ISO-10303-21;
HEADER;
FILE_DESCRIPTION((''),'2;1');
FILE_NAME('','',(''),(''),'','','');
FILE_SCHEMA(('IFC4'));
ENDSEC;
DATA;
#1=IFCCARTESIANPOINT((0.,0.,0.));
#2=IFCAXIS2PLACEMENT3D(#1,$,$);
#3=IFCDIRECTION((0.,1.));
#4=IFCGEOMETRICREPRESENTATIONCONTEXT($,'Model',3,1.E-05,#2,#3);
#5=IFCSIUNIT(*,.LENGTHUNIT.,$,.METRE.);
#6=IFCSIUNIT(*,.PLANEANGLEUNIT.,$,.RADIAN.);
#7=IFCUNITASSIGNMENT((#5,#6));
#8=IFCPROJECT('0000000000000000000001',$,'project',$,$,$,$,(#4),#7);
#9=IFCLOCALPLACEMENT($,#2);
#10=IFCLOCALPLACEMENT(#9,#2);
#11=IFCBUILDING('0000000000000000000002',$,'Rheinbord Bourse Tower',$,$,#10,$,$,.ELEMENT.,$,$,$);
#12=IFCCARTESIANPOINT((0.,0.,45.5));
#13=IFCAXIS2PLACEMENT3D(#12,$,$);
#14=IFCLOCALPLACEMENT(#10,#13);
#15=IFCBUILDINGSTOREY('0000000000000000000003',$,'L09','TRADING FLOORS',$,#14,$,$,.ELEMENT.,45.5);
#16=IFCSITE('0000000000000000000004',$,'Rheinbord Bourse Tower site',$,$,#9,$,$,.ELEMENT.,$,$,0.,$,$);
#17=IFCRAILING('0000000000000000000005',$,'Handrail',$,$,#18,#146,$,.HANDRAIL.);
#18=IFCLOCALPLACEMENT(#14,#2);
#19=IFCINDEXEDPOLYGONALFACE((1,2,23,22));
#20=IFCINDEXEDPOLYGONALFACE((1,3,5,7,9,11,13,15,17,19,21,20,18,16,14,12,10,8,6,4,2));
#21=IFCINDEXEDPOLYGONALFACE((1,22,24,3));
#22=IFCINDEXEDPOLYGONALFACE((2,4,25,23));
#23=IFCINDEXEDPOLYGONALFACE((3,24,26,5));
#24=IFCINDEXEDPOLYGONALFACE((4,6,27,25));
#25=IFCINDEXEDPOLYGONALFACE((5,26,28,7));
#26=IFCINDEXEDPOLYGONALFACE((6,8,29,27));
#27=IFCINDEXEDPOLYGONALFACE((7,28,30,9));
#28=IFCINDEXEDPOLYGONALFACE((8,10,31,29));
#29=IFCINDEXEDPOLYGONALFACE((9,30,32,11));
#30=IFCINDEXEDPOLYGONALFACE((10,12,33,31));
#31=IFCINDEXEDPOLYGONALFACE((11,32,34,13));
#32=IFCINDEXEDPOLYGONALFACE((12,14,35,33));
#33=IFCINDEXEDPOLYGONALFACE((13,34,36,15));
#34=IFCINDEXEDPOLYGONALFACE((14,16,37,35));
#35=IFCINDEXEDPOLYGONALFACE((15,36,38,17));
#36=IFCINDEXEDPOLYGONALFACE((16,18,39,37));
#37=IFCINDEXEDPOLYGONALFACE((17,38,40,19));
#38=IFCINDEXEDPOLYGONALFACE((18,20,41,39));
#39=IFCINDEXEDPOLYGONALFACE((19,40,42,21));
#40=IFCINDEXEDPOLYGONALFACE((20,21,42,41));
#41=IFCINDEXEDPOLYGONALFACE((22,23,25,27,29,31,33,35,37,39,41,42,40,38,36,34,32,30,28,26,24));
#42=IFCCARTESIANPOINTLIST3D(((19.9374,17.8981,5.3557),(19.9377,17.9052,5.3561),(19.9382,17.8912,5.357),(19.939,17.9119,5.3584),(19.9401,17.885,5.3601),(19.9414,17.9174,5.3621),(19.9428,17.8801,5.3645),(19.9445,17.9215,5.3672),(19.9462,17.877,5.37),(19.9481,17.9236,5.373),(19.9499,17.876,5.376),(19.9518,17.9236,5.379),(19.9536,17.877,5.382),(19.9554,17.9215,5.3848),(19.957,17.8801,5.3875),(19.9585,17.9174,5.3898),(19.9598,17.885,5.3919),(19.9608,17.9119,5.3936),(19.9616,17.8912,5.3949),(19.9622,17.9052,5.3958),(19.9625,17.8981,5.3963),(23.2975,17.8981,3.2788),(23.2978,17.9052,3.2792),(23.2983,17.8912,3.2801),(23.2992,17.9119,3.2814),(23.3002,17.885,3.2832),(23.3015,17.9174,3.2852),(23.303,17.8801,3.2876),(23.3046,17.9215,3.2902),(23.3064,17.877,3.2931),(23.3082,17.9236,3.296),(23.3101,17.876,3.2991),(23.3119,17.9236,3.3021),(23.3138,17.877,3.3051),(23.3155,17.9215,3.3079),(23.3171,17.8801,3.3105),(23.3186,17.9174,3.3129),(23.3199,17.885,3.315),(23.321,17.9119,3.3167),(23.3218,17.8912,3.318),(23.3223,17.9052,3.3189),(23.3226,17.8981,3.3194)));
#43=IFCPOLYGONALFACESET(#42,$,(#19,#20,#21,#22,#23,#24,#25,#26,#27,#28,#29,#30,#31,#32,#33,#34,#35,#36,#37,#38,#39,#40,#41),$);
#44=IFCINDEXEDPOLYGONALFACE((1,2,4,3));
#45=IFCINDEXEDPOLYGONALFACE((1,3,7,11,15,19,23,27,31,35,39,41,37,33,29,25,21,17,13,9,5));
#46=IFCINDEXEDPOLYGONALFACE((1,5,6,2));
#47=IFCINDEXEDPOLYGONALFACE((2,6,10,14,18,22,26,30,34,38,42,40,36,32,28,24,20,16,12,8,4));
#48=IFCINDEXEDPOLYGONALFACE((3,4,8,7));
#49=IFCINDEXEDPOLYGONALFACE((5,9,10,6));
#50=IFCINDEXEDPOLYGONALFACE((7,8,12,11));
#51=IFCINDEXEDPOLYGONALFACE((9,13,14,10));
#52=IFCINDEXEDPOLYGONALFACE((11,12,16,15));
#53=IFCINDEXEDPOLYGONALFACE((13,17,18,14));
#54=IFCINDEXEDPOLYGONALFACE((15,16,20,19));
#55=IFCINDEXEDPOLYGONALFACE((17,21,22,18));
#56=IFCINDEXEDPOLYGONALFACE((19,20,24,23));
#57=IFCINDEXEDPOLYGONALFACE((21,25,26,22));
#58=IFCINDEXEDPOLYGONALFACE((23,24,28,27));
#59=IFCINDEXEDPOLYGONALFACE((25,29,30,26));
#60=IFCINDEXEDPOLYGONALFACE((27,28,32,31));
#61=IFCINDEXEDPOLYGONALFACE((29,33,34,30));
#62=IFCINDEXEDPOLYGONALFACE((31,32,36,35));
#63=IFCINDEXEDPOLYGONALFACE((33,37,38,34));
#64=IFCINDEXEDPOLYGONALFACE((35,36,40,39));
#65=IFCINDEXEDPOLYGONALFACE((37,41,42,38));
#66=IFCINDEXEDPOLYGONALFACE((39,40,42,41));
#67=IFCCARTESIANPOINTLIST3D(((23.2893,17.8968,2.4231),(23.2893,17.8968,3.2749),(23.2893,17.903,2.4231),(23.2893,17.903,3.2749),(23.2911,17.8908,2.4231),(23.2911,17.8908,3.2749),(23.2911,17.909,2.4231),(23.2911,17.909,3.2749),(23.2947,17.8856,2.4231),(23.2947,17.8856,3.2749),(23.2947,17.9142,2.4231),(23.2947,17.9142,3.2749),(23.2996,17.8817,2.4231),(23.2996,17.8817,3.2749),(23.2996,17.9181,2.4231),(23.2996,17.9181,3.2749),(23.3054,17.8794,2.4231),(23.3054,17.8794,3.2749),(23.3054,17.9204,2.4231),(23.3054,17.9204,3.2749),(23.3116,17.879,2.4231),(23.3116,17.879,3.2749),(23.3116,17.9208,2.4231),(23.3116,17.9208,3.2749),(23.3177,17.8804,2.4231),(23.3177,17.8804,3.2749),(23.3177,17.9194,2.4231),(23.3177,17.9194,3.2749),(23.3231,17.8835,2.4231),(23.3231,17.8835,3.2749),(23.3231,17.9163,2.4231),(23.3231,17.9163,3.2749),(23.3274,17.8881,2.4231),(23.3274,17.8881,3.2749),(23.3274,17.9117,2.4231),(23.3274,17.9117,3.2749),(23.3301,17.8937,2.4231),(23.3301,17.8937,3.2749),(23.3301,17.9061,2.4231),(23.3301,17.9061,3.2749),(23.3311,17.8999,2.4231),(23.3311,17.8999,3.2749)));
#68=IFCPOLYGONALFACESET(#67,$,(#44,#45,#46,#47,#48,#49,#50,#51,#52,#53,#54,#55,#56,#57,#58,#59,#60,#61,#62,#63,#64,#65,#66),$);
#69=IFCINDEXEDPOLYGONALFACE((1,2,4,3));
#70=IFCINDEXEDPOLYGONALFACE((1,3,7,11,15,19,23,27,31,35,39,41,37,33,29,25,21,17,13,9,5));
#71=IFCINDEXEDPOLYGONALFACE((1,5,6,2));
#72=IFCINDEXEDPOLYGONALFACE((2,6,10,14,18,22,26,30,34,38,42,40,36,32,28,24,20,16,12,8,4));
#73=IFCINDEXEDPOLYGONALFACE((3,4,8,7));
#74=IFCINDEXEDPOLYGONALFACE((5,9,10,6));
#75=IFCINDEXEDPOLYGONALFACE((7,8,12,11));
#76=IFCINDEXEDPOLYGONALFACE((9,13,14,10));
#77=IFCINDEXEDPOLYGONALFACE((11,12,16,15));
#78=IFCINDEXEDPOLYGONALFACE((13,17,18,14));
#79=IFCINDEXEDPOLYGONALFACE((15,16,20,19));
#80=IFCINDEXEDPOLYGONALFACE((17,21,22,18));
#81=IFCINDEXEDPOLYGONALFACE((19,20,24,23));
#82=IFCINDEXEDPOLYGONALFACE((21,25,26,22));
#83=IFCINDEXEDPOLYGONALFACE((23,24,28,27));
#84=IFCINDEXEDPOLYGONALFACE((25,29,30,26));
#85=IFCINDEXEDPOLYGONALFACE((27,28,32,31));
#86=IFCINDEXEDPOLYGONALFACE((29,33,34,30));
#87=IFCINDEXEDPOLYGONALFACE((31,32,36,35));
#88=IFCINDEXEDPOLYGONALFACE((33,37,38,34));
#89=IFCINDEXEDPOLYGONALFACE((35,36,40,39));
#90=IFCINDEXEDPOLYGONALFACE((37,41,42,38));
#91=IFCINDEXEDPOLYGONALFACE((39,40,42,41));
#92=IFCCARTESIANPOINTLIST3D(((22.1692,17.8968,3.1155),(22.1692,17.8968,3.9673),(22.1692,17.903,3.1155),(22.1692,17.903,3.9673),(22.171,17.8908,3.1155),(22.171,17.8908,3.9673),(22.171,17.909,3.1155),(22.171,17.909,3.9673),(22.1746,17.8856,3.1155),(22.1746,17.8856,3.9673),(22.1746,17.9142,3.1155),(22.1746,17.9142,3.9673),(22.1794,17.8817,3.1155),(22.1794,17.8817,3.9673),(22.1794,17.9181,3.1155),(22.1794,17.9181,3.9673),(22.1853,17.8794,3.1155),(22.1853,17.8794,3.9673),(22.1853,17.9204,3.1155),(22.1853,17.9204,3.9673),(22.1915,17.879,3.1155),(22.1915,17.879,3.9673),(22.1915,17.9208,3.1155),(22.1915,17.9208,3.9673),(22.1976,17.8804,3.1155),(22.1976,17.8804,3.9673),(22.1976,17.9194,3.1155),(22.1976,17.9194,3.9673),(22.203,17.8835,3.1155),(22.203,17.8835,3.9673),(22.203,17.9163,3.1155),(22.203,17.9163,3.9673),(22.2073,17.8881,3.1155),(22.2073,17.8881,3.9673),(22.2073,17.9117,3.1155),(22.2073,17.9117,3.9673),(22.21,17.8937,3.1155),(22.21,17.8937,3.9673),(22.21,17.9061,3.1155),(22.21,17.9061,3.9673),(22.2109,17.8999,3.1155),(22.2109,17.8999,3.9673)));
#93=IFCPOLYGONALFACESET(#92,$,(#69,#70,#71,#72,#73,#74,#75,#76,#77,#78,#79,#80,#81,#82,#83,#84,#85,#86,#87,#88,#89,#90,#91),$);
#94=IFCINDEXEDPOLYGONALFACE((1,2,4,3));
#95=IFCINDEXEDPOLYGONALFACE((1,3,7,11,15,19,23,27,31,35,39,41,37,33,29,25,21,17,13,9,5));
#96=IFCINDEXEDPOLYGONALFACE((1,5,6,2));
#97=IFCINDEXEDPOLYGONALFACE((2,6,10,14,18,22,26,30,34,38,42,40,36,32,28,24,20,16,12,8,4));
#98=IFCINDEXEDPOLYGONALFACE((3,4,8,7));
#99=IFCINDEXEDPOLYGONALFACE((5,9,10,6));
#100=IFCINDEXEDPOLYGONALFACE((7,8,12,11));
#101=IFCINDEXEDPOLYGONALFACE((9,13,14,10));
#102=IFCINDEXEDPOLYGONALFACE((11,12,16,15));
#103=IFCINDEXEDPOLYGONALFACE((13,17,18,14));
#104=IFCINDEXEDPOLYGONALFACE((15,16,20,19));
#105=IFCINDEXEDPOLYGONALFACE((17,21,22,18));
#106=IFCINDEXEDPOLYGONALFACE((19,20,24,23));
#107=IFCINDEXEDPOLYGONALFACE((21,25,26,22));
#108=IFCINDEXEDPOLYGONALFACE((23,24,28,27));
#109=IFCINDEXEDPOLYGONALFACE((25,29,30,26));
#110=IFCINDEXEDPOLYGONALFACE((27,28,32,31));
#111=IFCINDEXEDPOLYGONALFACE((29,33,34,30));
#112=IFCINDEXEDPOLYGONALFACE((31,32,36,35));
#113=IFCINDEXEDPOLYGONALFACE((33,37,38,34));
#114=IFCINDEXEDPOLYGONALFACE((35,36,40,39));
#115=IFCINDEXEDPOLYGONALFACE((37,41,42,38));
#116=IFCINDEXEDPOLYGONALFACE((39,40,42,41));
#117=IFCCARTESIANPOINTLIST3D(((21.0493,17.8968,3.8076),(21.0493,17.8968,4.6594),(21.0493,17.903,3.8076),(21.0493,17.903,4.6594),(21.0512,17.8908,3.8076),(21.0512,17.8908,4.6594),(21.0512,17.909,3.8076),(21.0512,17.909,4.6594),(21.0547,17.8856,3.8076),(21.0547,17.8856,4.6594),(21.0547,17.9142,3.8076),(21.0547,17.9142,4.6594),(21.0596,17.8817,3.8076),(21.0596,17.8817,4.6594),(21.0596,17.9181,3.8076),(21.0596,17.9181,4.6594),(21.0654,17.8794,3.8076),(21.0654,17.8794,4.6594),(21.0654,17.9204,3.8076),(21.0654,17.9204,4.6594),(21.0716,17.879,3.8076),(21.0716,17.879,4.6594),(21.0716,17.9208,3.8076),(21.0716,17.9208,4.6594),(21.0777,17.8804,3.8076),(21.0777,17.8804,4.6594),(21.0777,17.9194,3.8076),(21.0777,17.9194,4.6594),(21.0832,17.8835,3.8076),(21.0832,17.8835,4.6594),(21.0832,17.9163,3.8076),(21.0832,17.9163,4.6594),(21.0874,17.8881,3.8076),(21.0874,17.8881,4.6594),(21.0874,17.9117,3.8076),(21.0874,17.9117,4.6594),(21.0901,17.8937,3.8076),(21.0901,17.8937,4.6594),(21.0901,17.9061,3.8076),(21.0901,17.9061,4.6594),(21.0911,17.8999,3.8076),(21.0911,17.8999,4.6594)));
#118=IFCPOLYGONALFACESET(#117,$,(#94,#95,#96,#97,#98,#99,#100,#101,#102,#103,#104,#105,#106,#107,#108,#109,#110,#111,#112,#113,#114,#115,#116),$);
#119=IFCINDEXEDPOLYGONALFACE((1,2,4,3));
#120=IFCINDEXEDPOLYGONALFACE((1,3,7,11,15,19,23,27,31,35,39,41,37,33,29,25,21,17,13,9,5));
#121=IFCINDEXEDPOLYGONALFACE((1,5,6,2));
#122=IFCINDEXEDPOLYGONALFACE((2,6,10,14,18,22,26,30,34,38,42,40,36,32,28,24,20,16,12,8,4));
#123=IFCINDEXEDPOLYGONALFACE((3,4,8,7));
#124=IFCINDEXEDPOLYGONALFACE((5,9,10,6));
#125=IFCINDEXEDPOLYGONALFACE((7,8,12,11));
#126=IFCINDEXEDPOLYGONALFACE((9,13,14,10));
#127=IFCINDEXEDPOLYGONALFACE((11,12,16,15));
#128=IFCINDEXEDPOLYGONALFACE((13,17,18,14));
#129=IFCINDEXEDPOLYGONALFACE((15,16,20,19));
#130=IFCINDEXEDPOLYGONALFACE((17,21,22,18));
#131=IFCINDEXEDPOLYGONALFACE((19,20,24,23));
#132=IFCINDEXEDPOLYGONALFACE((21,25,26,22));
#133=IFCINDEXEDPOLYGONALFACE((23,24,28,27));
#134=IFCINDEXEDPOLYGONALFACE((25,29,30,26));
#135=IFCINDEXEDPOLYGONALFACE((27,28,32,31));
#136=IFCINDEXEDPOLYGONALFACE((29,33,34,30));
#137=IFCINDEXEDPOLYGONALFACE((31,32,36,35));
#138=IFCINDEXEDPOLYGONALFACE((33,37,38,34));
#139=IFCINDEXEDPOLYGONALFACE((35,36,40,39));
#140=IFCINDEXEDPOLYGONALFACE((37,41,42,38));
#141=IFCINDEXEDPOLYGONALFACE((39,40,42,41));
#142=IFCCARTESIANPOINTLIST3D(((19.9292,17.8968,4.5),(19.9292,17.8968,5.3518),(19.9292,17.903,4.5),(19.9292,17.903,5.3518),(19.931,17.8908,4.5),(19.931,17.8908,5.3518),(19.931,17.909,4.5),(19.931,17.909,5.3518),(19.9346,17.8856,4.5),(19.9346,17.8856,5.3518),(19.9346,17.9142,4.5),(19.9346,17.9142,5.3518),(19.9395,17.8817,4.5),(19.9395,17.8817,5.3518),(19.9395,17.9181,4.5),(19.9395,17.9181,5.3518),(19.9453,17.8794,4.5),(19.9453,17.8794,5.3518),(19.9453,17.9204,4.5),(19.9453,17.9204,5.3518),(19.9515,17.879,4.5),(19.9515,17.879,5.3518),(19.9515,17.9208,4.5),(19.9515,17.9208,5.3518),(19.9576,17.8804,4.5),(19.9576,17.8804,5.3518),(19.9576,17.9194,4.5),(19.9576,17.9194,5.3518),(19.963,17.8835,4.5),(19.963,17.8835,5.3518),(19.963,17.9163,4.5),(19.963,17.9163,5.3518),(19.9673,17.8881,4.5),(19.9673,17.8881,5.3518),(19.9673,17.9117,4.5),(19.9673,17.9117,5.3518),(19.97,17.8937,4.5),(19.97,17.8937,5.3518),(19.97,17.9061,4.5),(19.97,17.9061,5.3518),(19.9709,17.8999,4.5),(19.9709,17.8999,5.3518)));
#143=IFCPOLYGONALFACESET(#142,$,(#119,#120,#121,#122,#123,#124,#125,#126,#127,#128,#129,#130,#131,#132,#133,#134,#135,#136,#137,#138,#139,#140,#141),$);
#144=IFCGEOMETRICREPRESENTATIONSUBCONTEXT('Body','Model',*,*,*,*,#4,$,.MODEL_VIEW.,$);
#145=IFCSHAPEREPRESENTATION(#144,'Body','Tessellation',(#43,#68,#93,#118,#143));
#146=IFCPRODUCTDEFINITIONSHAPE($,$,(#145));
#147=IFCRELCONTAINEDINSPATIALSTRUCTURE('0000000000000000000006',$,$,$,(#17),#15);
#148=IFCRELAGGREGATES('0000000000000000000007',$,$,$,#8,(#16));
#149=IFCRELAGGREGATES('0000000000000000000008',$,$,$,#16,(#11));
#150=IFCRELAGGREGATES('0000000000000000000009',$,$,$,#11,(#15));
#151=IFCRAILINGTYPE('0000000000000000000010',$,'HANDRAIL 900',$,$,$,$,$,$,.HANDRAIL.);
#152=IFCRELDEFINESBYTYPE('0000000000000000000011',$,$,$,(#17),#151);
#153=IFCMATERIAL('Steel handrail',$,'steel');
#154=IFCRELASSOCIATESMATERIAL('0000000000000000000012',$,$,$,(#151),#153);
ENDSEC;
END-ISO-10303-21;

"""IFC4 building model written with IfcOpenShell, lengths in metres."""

from ifc_helpers import new_model, si_unit, direction, frame, origin, origin_2d, place, context, subcontext, project, spatial, circle, extrude, material, type_object, element, save


model = new_model("IFC4")

# Units and contexts
model_context = context("Model", 3, precision=1e-05, world=origin(), true_north=direction((0.0, 1.0)))
body_context = subcontext(model_context, "Body", "Model", "MODEL_VIEW")
ifc_project = project(units=[si_unit("LENGTHUNIT", "METRE"), si_unit("PLANEANGLEUNIT", "RADIAN")], contexts=[model_context])

# Site, building, storey
site_placement = place(None, origin())
site = spatial("IfcSite", under=ifc_project, at=site_placement, Name="Rheinbord Bourse Tower site", CompositionType="ELEMENT", RefElevation=0.0)
building_placement = place(site_placement, origin())
building = spatial("IfcBuilding", under=site, at=building_placement, Name="Rheinbord Bourse Tower", CompositionType="ELEMENT")
storey_placement = place(building_placement, frame((0.0, 0.0, 45.5)))
storey = spatial("IfcBuildingStorey", under=building, at=storey_placement, Name="L09", Description="TRADING FLOORS", CompositionType="ELEMENT", Elevation=45.5)

# Railing
ifc_material_1 = material(Name="Steel handrail", Category="steel")
railing_type = type_object("IfcRailingType", Name="HANDRAIL 900", PredefinedType="HANDRAIL", material=ifc_material_1)
railing_1_placement = place(storey_placement, frame((23.3101, 17.8999, 2.4231)))
element("IfcRailing", 1, at=railing_1_placement, inside=storey, type_object=railing_type, Name="Handrail", PredefinedType="HANDRAIL", context=body_context, shape_type="SweptSolid", body=[
    extrude(circle(Radius=0.0239, at=origin_2d()), frame((0.0, 0.0, 0.876), z_axis=(-0.850623, 0.0, 0.525776), x_axis=(0.0, -1.0, 0.0)), (0.0, 0.0, 1.0), 3.9502),
    extrude(circle(Radius=0.021, at=origin_2d()), origin(), (0.0, 0.0, 1.0), 0.8518),
    extrude(circle(Radius=0.021, at=origin_2d()), frame((-1.1201, 0.0, 0.6924)), (0.0, 0.0, 1.0), 0.8518),
    extrude(circle(Radius=0.021, at=origin_2d()), frame((-2.24, 0.0, 1.3845)), (0.0, 0.0, 1.0), 0.8518),
    extrude(circle(Radius=0.021, at=origin_2d()), frame((-3.3601, 0.0, 2.0769)), (0.0, 0.0, 1.0), 0.8518),
])

save(model, "model.ifc")
